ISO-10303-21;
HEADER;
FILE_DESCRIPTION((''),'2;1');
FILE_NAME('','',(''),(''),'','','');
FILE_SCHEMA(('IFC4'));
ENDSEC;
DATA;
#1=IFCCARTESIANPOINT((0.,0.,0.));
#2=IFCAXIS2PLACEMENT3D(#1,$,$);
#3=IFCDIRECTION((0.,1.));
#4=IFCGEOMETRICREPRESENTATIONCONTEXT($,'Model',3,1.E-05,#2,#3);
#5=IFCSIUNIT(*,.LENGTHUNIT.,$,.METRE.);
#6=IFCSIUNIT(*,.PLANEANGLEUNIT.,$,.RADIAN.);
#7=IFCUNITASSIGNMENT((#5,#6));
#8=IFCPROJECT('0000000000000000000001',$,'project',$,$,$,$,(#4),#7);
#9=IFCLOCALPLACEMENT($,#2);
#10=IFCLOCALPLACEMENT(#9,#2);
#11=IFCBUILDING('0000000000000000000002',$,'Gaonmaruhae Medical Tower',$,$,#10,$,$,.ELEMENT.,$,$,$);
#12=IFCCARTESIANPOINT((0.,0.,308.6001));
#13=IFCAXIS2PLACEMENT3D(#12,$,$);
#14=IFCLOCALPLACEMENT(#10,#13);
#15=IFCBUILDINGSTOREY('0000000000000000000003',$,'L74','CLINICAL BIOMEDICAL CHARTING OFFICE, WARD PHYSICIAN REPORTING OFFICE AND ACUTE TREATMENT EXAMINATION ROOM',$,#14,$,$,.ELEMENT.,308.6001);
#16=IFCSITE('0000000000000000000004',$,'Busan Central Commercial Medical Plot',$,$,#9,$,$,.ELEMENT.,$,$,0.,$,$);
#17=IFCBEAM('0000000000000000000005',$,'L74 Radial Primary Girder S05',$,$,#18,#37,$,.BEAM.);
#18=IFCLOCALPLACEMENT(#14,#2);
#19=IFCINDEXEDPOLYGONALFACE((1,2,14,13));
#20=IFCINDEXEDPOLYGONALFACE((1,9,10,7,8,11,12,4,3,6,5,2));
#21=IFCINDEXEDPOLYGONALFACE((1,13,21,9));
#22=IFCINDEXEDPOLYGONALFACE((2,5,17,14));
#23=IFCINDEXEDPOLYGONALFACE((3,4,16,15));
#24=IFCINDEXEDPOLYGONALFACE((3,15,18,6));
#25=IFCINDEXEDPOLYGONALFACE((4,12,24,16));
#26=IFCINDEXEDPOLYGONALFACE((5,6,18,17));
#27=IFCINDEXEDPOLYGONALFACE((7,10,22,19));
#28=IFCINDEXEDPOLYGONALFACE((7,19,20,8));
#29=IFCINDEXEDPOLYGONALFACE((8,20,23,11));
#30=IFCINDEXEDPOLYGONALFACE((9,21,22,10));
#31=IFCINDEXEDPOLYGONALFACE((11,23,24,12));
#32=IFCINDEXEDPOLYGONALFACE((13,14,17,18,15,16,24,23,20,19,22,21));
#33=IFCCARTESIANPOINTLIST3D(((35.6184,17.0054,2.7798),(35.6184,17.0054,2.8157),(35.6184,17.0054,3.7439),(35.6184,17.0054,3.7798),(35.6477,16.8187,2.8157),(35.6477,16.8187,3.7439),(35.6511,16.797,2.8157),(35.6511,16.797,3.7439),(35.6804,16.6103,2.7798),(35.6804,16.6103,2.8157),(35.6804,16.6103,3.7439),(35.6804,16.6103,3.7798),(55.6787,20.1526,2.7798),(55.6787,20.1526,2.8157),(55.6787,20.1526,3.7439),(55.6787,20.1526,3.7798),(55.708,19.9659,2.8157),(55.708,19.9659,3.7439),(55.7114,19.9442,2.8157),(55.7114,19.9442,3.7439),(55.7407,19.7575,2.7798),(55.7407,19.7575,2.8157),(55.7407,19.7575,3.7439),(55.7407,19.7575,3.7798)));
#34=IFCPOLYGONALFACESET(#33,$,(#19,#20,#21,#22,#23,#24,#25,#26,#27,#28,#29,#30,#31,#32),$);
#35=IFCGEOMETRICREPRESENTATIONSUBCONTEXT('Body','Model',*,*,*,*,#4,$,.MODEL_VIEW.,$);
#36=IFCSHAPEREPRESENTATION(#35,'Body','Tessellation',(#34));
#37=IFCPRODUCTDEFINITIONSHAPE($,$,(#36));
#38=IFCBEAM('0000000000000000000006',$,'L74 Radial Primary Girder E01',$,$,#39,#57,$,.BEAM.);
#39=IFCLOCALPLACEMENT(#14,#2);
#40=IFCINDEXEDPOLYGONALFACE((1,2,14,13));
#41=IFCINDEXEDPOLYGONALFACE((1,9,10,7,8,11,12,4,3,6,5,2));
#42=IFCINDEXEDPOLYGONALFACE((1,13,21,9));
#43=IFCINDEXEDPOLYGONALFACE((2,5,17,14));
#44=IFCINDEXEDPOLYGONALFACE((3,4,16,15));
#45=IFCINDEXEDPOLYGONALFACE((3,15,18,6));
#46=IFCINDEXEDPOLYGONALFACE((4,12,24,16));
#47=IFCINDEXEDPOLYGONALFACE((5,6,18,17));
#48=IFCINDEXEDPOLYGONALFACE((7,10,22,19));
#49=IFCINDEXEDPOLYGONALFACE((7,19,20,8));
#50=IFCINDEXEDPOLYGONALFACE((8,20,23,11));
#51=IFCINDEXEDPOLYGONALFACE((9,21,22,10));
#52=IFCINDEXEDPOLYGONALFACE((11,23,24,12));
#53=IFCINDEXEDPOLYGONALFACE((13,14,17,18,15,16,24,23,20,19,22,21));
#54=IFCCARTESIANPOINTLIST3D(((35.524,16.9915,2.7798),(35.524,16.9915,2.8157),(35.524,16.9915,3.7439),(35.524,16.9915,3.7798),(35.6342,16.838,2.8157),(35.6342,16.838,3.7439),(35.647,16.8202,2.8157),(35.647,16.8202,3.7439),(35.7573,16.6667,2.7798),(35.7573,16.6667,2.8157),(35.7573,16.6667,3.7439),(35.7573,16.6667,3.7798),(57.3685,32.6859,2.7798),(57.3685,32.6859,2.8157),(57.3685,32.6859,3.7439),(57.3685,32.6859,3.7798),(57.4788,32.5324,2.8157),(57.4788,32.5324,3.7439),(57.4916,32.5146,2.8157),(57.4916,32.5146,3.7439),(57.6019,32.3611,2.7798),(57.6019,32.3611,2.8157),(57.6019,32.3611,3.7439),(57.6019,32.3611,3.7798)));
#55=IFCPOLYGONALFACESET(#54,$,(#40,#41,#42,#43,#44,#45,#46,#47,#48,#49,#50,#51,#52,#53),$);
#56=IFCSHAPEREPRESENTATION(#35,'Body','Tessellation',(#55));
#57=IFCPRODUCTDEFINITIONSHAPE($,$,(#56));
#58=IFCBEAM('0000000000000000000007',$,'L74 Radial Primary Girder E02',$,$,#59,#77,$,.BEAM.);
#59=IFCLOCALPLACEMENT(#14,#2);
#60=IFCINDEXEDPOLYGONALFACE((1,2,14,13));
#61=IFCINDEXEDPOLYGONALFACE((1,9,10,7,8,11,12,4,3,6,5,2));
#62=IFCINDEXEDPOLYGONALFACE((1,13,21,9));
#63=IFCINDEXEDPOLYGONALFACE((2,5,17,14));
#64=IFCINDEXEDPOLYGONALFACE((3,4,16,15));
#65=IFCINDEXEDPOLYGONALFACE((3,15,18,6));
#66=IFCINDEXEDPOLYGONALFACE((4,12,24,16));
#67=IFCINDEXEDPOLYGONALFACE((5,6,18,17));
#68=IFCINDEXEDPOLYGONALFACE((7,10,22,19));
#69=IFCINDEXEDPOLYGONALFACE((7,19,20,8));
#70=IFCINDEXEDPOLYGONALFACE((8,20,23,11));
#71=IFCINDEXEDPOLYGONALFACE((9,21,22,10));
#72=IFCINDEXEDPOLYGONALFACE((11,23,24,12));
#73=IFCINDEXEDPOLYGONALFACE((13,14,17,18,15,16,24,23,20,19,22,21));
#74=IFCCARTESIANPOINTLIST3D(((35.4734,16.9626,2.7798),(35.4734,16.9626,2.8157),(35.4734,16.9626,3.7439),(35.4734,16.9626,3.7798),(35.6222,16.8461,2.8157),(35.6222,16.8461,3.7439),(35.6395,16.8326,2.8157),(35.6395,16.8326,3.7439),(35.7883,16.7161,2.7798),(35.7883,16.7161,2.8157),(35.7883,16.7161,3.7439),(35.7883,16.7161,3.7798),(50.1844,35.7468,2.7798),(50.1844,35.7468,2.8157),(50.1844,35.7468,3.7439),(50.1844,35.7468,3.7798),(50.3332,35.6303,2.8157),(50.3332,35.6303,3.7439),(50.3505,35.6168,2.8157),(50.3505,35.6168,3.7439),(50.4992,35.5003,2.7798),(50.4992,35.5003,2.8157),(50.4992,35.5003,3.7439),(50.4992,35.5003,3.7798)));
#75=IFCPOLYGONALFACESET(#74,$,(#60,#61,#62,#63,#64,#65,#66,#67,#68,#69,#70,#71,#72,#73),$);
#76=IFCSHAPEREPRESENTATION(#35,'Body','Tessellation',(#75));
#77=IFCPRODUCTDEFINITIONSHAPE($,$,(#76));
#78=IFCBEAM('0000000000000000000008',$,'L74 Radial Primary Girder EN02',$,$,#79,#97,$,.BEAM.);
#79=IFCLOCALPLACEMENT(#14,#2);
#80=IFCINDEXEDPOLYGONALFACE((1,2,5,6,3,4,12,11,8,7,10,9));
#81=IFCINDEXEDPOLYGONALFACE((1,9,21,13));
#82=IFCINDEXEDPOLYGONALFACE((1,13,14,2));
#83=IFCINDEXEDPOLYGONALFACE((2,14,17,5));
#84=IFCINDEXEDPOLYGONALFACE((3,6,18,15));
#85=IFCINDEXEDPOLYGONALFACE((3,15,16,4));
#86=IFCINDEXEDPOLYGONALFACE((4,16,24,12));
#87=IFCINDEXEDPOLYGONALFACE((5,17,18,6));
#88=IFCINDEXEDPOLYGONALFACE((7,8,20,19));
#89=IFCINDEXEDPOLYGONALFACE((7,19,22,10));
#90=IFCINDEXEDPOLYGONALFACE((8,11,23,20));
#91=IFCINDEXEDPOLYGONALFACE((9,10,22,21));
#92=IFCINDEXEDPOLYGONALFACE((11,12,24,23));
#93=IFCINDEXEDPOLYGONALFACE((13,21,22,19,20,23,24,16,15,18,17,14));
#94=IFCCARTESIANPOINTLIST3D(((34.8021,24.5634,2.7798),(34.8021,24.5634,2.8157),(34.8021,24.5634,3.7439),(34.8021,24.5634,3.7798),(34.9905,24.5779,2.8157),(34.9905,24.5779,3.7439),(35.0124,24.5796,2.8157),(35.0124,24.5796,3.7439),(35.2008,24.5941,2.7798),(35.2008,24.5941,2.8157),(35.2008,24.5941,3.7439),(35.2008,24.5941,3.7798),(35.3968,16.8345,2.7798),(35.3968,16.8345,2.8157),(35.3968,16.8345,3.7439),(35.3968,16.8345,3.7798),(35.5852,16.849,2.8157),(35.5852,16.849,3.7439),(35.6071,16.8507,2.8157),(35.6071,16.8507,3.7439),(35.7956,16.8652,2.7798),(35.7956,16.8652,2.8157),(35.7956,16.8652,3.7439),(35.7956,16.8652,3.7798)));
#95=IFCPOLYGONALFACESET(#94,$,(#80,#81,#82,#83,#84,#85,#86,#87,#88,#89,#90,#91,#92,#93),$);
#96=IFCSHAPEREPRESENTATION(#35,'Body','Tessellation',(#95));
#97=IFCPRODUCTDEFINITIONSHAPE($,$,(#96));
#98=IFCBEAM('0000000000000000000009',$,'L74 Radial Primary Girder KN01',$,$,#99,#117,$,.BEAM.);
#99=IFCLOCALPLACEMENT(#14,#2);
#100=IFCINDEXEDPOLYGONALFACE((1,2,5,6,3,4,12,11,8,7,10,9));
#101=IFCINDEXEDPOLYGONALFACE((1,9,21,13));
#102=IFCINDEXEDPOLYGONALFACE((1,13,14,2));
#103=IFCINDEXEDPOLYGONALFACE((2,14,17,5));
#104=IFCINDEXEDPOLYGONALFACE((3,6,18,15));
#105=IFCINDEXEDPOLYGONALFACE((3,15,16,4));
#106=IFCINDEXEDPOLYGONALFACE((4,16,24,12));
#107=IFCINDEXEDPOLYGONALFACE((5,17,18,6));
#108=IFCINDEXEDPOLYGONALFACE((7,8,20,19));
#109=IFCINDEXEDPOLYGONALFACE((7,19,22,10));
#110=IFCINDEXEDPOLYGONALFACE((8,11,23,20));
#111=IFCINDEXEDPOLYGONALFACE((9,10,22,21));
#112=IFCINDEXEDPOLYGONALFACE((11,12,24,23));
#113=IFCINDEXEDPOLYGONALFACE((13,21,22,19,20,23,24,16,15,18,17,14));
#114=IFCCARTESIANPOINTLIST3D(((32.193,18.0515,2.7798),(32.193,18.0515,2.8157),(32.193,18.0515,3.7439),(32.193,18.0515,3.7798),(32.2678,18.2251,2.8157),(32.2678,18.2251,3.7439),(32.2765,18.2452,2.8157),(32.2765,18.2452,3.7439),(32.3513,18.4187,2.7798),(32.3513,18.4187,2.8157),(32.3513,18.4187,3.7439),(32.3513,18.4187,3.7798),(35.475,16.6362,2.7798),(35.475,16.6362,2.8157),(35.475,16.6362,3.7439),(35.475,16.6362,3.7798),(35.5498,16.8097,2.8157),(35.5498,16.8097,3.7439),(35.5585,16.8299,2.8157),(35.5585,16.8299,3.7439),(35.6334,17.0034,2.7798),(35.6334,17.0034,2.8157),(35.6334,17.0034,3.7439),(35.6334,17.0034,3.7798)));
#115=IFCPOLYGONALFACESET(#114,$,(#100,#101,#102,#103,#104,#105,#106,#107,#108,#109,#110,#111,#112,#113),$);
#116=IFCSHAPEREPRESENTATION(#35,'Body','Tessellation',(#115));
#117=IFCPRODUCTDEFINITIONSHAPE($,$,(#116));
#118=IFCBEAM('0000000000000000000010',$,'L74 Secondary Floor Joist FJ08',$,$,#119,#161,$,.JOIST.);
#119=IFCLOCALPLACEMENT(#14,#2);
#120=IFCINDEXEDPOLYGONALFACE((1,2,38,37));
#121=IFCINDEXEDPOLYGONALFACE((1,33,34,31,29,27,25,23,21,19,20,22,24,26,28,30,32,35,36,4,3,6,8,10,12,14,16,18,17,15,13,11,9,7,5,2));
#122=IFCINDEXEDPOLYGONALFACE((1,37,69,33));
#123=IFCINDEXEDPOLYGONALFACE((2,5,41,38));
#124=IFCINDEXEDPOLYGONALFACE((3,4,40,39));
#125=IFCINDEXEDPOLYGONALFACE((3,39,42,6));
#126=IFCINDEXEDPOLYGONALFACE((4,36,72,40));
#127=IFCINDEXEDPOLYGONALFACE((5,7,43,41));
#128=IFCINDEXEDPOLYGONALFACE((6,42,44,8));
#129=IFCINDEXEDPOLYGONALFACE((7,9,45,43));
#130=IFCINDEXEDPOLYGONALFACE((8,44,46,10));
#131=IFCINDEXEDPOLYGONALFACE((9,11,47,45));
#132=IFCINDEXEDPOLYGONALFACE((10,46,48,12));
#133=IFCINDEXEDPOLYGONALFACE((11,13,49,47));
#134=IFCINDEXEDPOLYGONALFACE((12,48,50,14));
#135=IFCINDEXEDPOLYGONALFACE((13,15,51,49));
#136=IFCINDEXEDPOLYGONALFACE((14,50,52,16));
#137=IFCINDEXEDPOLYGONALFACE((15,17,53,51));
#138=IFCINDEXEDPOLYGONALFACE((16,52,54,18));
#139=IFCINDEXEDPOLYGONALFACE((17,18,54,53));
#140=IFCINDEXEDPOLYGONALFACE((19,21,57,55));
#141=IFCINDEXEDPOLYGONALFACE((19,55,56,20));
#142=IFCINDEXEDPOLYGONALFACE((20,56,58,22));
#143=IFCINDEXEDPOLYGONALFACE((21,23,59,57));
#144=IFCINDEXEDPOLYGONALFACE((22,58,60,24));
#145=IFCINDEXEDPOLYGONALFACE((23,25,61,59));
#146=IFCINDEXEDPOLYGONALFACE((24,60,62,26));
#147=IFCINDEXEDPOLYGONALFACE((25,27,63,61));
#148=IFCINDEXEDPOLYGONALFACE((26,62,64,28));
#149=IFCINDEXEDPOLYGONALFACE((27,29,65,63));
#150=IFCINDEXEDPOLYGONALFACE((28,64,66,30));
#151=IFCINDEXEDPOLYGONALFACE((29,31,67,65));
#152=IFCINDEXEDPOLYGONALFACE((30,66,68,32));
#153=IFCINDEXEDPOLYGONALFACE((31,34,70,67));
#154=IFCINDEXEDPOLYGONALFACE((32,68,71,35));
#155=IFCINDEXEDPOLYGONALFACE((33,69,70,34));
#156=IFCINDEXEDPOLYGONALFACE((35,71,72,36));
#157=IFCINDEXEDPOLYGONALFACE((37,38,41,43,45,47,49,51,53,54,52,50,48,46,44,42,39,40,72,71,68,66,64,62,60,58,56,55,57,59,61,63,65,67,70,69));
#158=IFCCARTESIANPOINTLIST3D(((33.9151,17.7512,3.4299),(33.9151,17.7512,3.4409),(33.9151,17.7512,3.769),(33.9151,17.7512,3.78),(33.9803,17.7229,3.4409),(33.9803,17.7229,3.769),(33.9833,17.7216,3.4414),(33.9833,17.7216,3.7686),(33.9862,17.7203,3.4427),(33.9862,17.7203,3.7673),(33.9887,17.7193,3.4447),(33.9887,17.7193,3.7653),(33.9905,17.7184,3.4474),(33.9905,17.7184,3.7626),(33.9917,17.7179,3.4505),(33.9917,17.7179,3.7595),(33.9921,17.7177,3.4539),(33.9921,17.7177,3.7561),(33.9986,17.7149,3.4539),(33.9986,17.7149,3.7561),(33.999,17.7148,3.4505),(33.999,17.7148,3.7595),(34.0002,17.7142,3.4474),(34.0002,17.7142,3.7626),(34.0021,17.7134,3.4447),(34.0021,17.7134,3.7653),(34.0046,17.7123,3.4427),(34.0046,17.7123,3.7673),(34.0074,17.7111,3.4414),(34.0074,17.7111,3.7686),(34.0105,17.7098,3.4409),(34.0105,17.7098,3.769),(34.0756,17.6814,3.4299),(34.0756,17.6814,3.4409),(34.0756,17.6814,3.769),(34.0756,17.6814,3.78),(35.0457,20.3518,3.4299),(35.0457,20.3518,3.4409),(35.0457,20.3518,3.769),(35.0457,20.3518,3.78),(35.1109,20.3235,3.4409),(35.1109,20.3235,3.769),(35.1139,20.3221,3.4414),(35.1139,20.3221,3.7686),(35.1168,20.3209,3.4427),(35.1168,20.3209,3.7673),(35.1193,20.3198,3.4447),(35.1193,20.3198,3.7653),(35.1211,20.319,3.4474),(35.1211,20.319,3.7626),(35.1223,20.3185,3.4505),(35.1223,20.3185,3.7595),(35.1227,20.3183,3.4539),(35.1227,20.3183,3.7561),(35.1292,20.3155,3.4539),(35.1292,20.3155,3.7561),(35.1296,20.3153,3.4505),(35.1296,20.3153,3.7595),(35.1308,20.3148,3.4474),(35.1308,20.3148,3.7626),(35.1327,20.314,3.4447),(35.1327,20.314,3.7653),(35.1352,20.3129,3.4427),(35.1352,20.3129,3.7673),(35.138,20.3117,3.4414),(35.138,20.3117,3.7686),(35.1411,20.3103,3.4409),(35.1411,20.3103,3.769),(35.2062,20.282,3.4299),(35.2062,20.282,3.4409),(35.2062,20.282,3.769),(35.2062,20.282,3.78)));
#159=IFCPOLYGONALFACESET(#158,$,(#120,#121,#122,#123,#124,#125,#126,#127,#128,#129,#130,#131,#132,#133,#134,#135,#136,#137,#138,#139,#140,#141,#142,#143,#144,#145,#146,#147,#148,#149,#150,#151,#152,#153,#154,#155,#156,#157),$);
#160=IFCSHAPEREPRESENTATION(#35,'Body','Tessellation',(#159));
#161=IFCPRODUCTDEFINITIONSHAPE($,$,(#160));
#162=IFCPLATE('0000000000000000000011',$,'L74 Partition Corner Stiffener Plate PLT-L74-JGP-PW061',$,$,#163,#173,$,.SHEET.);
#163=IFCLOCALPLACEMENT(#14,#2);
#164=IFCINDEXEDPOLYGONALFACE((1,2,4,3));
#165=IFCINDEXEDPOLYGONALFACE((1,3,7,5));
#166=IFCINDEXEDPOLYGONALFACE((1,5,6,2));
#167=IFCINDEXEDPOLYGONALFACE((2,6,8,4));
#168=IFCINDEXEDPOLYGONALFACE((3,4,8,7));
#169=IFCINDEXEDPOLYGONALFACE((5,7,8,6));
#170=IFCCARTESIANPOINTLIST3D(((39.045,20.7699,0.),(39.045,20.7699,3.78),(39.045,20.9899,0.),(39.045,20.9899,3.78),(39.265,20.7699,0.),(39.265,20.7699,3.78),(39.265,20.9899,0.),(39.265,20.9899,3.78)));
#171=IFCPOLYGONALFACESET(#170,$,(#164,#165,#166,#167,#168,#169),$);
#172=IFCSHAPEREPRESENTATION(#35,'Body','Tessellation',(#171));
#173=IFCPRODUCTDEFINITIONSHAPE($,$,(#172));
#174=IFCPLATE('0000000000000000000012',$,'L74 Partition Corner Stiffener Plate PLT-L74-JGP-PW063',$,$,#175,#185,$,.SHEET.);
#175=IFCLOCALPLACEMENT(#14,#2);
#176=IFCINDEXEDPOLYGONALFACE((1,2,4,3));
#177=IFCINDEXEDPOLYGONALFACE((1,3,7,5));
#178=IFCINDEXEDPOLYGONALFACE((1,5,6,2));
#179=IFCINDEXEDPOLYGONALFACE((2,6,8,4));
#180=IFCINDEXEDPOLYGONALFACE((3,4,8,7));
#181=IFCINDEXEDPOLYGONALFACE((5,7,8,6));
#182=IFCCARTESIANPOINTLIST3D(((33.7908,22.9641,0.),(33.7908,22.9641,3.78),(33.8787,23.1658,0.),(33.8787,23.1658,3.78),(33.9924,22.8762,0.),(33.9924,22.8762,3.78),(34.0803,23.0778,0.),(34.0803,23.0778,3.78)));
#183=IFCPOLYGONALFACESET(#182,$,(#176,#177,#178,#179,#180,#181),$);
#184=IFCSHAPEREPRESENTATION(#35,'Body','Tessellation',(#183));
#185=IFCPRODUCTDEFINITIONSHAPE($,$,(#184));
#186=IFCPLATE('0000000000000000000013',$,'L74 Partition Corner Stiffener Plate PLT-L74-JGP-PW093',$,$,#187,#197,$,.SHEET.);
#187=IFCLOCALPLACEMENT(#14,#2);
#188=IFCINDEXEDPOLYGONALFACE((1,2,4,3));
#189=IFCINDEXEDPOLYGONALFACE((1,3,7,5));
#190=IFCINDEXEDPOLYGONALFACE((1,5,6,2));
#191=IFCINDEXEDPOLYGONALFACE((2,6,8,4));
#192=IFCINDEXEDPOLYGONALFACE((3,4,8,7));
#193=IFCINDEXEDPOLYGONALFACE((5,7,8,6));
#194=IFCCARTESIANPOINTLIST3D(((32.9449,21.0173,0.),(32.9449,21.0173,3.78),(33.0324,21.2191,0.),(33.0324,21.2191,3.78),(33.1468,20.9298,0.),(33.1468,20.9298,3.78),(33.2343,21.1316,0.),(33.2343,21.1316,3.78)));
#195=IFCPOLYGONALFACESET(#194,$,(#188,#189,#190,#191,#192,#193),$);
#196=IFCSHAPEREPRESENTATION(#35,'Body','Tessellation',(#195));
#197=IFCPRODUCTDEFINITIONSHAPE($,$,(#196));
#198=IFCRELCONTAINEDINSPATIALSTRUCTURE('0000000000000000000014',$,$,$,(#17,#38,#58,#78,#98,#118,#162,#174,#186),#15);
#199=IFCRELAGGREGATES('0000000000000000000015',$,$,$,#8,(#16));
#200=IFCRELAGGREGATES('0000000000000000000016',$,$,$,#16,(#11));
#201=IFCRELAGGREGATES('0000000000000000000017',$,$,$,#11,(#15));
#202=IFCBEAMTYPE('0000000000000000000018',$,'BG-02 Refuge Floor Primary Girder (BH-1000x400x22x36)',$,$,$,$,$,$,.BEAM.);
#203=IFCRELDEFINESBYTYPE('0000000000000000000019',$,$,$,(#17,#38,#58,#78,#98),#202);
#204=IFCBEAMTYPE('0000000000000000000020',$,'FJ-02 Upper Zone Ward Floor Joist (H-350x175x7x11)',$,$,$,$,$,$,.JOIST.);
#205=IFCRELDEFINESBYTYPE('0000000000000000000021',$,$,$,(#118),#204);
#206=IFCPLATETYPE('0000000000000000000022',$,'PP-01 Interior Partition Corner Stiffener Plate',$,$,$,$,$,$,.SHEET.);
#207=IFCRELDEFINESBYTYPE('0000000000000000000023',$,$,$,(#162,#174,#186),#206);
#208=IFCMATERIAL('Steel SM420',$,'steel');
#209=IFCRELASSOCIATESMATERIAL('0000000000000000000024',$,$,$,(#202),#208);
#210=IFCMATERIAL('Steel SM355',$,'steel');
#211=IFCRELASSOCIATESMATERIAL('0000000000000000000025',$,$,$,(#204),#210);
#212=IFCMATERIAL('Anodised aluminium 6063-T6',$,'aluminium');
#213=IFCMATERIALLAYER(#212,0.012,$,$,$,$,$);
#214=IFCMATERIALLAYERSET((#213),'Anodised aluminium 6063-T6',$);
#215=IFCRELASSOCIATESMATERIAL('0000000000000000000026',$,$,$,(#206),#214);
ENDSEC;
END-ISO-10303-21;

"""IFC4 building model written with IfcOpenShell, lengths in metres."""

from ifc_helpers import new_model, si_unit, direction, frame, origin, origin_2d, place, context, subcontext, project, spatial, rectangle, i_section, extrude, material, layer, layer_set, material_profile, profile_set, type_object, element, save


model = new_model("IFC4")

# Units and contexts
model_context = context("Model", 3, precision=1e-05, world=origin(), true_north=direction((0.0, 1.0)))
body_context = subcontext(model_context, "Body", "Model", "MODEL_VIEW")
ifc_project = project(units=[si_unit("LENGTHUNIT", "METRE"), si_unit("PLANEANGLEUNIT", "RADIAN")], contexts=[model_context])

# Site, building, storey
site_placement = place(None, origin())
site = spatial("IfcSite", under=ifc_project, at=site_placement, Name="Busan Central Commercial Medical Plot", CompositionType="ELEMENT", RefElevation=0.0)
building_placement = place(site_placement, origin())
building = spatial("IfcBuilding", under=site, at=building_placement, Name="Gaonmaruhae Medical Tower", CompositionType="ELEMENT")
storey_placement = place(building_placement, frame((0.0, 0.0, 308.6001)))
storey = spatial("IfcBuildingStorey", under=building, at=storey_placement, Name="L74", Description="CLINICAL BIOMEDICAL CHARTING OFFICE, WARD PHYSICIAN REPORTING OFFICE AND ACUTE TREATMENT EXAMINATION ROOM", CompositionType="ELEMENT", Elevation=308.6001)

# Beams
ifc_material_1 = material(Name="Steel SM420", Category="steel")
ifc_material_profile_1 = material_profile(ifc_material_1, i_section(OverallWidth=0.3999, OverallDepth=1.0, WebThickness=0.022, FlangeThickness=0.0359, at=origin_2d()), Name="BH-1000x400x22x36")
ifc_profile_set_1 = profile_set([ifc_material_profile_1], Name="Steel SM420")
beam_type_1 = type_object("IfcBeamType", Name="BG-02 Refuge Floor Primary Girder (BH-1000x400x22x36)", PredefinedType="BEAM", material=ifc_profile_set_1)
beam_1_placement = place(storey_placement, frame((35.6494, 16.8079, 3.2798), z_axis=(0.987916, 0.154992, 0.0), x_axis=(-0.154992, 0.987916, 0.0)))
element("IfcBeam", 1, at=beam_1_placement, inside=storey, type_object=beam_type_1, Name="L74 Radial Primary Girder S05", PredefinedType="BEAM", context=body_context, shape_type="SweptSolid", body=[
    extrude(i_section(OverallWidth=0.3999, OverallDepth=1.0, WebThickness=0.022, FlangeThickness=0.0359, at=origin_2d()), origin(), (0.0, 0.0, 1.0), 20.3057),
])
beam_2_placement = place(storey_placement, frame((35.6406, 16.8291, 3.2798), z_axis=(0.812128, 0.583479, 0.0), x_axis=(-0.583479, 0.812128, 0.0)))
element("IfcBeam", 2, at=beam_2_placement, inside=storey, type_object=beam_type_1, Name="L74 Radial Primary Girder E01", PredefinedType="BEAM", context=body_context, shape_type="SweptSolid", body=[
    extrude(i_section(OverallWidth=0.3999, OverallDepth=1.0, WebThickness=0.022, FlangeThickness=0.0359, at=origin_2d()), origin(), (0.0, 0.0, 1.0), 26.8979),
])
beam_3_placement = place(storey_placement, frame((35.6309, 16.8394, 3.2798), z_axis=(0.616575, 0.787296, 0.0), x_axis=(-0.787296, 0.616575, 0.0)))
element("IfcBeam", 3, at=beam_3_placement, inside=storey, type_object=beam_type_1, Name="L74 Radial Primary Girder E02", PredefinedType="BEAM", context=body_context, shape_type="SweptSolid", body=[
    extrude(i_section(OverallWidth=0.3999, OverallDepth=1.0, WebThickness=0.022, FlangeThickness=0.0359, at=origin_2d()), origin(), (0.0, 0.0, 1.0), 23.8591),
])
beam_4_placement = place(storey_placement, frame((35.5962, 16.8499, 3.2798), z_axis=(-0.076723, 0.997052, 0.0), x_axis=(-0.997052, -0.076723, 0.0)))
element("IfcBeam", 4, at=beam_4_placement, inside=storey, type_object=beam_type_1, Name="L74 Radial Primary Girder EN02", PredefinedType="BEAM", context=body_context, shape_type="SweptSolid", body=[
    extrude(i_section(OverallWidth=0.3999, OverallDepth=1.0, WebThickness=0.022, FlangeThickness=0.0359, at=origin_2d()), origin(), (0.0, 0.0, 1.0), 7.7517),
])
beam_5_placement = place(storey_placement, frame((35.5542, 16.8198, 3.2798), z_axis=(-0.918259, 0.395979, 0.0), x_axis=(-0.395979, -0.918259, 0.0)))
element("IfcBeam", 5, at=beam_5_placement, inside=storey, type_object=beam_type_1, Name="L74 Radial Primary Girder KN01", PredefinedType="BEAM", context=body_context, shape_type="SweptSolid", body=[
    extrude(i_section(OverallWidth=0.3999, OverallDepth=1.0, WebThickness=0.022, FlangeThickness=0.0359, at=origin_2d()), origin(), (0.0, 0.0, 1.0), 3.5742),
])
ifc_material_2 = material(Name="Steel SM355", Category="steel")
ifc_material_profile_2 = material_profile(ifc_material_2, i_section(OverallWidth=0.175, OverallDepth=0.3501, WebThickness=0.0071, FlangeThickness=0.011, FilletRadius=0.0129, at=origin_2d()), Name="H-350x175x7x11")
ifc_profile_set_2 = profile_set([ifc_material_profile_2], Name="Steel SM355")
beam_type_2 = type_object("IfcBeamType", Name="FJ-02 Upper Zone Ward Floor Joist (H-350x175x7x11)", PredefinedType="JOIST", material=ifc_profile_set_2)
beam_6_placement = place(storey_placement, frame((35.126, 20.3169, 3.605), z_axis=(-0.398704, -0.91708, 0.0), x_axis=(0.91708, -0.398704, 0.0)))
element("IfcBeam", 6, at=beam_6_placement, inside=storey, type_object=beam_type_2, Name="L74 Secondary Floor Joist FJ08", PredefinedType="JOIST", context=body_context, shape_type="SweptSolid", body=[
    extrude(i_section(OverallWidth=0.175, OverallDepth=0.3501, WebThickness=0.0071, FlangeThickness=0.011, FilletRadius=0.0129, at=origin_2d()), origin(), (0.0, 0.0, 1.0), 2.8357),
])

# Plates
ifc_material_3 = material(Name="Anodised aluminium 6063-T6", Category="aluminium")
ifc_layer_1 = layer(ifc_material_3, 0.012)
ifc_layer_set_1 = layer_set([ifc_layer_1], Name="Anodised aluminium 6063-T6")
plate_type = type_object("IfcPlateType", Name="PP-01 Interior Partition Corner Stiffener Plate", PredefinedType="SHEET", material=ifc_layer_set_1)
for number, where, z_axis, x_axis, name in (
    (7, (39.155, 20.8799, 0.0), (0.0, 0.0, 1.0), (-1.0, 0.0, 0.0), "L74 Partition Corner Stiffener Plate PLT-L74-JGP-PW061"),
    (8, (33.9355, 23.021, 0.0), (0.0, 0.0, 1.0), (-0.916628, 0.399741, 0.0), "L74 Partition Corner Stiffener Plate PLT-L74-JGP-PW063"),
    (9, (33.0896, 21.0745, 0.0), (0.0, 0.0, 1.0), (-0.91747, 0.397805, 0.0), "L74 Partition Corner Stiffener Plate PLT-L74-JGP-PW093"),
):
    element("IfcPlate", number, at=place(storey_placement, frame(where, z_axis=z_axis, x_axis=x_axis)), inside=storey, type_object=plate_type, Name=name, PredefinedType="SHEET", context=body_context, shape_type="SweptSolid", body=[
        extrude(rectangle(XDim=0.22, YDim=0.22, at=origin_2d()), origin(), (0.0, 0.0, 1.0), 3.78),
    ])

save(model, "model.ifc")
